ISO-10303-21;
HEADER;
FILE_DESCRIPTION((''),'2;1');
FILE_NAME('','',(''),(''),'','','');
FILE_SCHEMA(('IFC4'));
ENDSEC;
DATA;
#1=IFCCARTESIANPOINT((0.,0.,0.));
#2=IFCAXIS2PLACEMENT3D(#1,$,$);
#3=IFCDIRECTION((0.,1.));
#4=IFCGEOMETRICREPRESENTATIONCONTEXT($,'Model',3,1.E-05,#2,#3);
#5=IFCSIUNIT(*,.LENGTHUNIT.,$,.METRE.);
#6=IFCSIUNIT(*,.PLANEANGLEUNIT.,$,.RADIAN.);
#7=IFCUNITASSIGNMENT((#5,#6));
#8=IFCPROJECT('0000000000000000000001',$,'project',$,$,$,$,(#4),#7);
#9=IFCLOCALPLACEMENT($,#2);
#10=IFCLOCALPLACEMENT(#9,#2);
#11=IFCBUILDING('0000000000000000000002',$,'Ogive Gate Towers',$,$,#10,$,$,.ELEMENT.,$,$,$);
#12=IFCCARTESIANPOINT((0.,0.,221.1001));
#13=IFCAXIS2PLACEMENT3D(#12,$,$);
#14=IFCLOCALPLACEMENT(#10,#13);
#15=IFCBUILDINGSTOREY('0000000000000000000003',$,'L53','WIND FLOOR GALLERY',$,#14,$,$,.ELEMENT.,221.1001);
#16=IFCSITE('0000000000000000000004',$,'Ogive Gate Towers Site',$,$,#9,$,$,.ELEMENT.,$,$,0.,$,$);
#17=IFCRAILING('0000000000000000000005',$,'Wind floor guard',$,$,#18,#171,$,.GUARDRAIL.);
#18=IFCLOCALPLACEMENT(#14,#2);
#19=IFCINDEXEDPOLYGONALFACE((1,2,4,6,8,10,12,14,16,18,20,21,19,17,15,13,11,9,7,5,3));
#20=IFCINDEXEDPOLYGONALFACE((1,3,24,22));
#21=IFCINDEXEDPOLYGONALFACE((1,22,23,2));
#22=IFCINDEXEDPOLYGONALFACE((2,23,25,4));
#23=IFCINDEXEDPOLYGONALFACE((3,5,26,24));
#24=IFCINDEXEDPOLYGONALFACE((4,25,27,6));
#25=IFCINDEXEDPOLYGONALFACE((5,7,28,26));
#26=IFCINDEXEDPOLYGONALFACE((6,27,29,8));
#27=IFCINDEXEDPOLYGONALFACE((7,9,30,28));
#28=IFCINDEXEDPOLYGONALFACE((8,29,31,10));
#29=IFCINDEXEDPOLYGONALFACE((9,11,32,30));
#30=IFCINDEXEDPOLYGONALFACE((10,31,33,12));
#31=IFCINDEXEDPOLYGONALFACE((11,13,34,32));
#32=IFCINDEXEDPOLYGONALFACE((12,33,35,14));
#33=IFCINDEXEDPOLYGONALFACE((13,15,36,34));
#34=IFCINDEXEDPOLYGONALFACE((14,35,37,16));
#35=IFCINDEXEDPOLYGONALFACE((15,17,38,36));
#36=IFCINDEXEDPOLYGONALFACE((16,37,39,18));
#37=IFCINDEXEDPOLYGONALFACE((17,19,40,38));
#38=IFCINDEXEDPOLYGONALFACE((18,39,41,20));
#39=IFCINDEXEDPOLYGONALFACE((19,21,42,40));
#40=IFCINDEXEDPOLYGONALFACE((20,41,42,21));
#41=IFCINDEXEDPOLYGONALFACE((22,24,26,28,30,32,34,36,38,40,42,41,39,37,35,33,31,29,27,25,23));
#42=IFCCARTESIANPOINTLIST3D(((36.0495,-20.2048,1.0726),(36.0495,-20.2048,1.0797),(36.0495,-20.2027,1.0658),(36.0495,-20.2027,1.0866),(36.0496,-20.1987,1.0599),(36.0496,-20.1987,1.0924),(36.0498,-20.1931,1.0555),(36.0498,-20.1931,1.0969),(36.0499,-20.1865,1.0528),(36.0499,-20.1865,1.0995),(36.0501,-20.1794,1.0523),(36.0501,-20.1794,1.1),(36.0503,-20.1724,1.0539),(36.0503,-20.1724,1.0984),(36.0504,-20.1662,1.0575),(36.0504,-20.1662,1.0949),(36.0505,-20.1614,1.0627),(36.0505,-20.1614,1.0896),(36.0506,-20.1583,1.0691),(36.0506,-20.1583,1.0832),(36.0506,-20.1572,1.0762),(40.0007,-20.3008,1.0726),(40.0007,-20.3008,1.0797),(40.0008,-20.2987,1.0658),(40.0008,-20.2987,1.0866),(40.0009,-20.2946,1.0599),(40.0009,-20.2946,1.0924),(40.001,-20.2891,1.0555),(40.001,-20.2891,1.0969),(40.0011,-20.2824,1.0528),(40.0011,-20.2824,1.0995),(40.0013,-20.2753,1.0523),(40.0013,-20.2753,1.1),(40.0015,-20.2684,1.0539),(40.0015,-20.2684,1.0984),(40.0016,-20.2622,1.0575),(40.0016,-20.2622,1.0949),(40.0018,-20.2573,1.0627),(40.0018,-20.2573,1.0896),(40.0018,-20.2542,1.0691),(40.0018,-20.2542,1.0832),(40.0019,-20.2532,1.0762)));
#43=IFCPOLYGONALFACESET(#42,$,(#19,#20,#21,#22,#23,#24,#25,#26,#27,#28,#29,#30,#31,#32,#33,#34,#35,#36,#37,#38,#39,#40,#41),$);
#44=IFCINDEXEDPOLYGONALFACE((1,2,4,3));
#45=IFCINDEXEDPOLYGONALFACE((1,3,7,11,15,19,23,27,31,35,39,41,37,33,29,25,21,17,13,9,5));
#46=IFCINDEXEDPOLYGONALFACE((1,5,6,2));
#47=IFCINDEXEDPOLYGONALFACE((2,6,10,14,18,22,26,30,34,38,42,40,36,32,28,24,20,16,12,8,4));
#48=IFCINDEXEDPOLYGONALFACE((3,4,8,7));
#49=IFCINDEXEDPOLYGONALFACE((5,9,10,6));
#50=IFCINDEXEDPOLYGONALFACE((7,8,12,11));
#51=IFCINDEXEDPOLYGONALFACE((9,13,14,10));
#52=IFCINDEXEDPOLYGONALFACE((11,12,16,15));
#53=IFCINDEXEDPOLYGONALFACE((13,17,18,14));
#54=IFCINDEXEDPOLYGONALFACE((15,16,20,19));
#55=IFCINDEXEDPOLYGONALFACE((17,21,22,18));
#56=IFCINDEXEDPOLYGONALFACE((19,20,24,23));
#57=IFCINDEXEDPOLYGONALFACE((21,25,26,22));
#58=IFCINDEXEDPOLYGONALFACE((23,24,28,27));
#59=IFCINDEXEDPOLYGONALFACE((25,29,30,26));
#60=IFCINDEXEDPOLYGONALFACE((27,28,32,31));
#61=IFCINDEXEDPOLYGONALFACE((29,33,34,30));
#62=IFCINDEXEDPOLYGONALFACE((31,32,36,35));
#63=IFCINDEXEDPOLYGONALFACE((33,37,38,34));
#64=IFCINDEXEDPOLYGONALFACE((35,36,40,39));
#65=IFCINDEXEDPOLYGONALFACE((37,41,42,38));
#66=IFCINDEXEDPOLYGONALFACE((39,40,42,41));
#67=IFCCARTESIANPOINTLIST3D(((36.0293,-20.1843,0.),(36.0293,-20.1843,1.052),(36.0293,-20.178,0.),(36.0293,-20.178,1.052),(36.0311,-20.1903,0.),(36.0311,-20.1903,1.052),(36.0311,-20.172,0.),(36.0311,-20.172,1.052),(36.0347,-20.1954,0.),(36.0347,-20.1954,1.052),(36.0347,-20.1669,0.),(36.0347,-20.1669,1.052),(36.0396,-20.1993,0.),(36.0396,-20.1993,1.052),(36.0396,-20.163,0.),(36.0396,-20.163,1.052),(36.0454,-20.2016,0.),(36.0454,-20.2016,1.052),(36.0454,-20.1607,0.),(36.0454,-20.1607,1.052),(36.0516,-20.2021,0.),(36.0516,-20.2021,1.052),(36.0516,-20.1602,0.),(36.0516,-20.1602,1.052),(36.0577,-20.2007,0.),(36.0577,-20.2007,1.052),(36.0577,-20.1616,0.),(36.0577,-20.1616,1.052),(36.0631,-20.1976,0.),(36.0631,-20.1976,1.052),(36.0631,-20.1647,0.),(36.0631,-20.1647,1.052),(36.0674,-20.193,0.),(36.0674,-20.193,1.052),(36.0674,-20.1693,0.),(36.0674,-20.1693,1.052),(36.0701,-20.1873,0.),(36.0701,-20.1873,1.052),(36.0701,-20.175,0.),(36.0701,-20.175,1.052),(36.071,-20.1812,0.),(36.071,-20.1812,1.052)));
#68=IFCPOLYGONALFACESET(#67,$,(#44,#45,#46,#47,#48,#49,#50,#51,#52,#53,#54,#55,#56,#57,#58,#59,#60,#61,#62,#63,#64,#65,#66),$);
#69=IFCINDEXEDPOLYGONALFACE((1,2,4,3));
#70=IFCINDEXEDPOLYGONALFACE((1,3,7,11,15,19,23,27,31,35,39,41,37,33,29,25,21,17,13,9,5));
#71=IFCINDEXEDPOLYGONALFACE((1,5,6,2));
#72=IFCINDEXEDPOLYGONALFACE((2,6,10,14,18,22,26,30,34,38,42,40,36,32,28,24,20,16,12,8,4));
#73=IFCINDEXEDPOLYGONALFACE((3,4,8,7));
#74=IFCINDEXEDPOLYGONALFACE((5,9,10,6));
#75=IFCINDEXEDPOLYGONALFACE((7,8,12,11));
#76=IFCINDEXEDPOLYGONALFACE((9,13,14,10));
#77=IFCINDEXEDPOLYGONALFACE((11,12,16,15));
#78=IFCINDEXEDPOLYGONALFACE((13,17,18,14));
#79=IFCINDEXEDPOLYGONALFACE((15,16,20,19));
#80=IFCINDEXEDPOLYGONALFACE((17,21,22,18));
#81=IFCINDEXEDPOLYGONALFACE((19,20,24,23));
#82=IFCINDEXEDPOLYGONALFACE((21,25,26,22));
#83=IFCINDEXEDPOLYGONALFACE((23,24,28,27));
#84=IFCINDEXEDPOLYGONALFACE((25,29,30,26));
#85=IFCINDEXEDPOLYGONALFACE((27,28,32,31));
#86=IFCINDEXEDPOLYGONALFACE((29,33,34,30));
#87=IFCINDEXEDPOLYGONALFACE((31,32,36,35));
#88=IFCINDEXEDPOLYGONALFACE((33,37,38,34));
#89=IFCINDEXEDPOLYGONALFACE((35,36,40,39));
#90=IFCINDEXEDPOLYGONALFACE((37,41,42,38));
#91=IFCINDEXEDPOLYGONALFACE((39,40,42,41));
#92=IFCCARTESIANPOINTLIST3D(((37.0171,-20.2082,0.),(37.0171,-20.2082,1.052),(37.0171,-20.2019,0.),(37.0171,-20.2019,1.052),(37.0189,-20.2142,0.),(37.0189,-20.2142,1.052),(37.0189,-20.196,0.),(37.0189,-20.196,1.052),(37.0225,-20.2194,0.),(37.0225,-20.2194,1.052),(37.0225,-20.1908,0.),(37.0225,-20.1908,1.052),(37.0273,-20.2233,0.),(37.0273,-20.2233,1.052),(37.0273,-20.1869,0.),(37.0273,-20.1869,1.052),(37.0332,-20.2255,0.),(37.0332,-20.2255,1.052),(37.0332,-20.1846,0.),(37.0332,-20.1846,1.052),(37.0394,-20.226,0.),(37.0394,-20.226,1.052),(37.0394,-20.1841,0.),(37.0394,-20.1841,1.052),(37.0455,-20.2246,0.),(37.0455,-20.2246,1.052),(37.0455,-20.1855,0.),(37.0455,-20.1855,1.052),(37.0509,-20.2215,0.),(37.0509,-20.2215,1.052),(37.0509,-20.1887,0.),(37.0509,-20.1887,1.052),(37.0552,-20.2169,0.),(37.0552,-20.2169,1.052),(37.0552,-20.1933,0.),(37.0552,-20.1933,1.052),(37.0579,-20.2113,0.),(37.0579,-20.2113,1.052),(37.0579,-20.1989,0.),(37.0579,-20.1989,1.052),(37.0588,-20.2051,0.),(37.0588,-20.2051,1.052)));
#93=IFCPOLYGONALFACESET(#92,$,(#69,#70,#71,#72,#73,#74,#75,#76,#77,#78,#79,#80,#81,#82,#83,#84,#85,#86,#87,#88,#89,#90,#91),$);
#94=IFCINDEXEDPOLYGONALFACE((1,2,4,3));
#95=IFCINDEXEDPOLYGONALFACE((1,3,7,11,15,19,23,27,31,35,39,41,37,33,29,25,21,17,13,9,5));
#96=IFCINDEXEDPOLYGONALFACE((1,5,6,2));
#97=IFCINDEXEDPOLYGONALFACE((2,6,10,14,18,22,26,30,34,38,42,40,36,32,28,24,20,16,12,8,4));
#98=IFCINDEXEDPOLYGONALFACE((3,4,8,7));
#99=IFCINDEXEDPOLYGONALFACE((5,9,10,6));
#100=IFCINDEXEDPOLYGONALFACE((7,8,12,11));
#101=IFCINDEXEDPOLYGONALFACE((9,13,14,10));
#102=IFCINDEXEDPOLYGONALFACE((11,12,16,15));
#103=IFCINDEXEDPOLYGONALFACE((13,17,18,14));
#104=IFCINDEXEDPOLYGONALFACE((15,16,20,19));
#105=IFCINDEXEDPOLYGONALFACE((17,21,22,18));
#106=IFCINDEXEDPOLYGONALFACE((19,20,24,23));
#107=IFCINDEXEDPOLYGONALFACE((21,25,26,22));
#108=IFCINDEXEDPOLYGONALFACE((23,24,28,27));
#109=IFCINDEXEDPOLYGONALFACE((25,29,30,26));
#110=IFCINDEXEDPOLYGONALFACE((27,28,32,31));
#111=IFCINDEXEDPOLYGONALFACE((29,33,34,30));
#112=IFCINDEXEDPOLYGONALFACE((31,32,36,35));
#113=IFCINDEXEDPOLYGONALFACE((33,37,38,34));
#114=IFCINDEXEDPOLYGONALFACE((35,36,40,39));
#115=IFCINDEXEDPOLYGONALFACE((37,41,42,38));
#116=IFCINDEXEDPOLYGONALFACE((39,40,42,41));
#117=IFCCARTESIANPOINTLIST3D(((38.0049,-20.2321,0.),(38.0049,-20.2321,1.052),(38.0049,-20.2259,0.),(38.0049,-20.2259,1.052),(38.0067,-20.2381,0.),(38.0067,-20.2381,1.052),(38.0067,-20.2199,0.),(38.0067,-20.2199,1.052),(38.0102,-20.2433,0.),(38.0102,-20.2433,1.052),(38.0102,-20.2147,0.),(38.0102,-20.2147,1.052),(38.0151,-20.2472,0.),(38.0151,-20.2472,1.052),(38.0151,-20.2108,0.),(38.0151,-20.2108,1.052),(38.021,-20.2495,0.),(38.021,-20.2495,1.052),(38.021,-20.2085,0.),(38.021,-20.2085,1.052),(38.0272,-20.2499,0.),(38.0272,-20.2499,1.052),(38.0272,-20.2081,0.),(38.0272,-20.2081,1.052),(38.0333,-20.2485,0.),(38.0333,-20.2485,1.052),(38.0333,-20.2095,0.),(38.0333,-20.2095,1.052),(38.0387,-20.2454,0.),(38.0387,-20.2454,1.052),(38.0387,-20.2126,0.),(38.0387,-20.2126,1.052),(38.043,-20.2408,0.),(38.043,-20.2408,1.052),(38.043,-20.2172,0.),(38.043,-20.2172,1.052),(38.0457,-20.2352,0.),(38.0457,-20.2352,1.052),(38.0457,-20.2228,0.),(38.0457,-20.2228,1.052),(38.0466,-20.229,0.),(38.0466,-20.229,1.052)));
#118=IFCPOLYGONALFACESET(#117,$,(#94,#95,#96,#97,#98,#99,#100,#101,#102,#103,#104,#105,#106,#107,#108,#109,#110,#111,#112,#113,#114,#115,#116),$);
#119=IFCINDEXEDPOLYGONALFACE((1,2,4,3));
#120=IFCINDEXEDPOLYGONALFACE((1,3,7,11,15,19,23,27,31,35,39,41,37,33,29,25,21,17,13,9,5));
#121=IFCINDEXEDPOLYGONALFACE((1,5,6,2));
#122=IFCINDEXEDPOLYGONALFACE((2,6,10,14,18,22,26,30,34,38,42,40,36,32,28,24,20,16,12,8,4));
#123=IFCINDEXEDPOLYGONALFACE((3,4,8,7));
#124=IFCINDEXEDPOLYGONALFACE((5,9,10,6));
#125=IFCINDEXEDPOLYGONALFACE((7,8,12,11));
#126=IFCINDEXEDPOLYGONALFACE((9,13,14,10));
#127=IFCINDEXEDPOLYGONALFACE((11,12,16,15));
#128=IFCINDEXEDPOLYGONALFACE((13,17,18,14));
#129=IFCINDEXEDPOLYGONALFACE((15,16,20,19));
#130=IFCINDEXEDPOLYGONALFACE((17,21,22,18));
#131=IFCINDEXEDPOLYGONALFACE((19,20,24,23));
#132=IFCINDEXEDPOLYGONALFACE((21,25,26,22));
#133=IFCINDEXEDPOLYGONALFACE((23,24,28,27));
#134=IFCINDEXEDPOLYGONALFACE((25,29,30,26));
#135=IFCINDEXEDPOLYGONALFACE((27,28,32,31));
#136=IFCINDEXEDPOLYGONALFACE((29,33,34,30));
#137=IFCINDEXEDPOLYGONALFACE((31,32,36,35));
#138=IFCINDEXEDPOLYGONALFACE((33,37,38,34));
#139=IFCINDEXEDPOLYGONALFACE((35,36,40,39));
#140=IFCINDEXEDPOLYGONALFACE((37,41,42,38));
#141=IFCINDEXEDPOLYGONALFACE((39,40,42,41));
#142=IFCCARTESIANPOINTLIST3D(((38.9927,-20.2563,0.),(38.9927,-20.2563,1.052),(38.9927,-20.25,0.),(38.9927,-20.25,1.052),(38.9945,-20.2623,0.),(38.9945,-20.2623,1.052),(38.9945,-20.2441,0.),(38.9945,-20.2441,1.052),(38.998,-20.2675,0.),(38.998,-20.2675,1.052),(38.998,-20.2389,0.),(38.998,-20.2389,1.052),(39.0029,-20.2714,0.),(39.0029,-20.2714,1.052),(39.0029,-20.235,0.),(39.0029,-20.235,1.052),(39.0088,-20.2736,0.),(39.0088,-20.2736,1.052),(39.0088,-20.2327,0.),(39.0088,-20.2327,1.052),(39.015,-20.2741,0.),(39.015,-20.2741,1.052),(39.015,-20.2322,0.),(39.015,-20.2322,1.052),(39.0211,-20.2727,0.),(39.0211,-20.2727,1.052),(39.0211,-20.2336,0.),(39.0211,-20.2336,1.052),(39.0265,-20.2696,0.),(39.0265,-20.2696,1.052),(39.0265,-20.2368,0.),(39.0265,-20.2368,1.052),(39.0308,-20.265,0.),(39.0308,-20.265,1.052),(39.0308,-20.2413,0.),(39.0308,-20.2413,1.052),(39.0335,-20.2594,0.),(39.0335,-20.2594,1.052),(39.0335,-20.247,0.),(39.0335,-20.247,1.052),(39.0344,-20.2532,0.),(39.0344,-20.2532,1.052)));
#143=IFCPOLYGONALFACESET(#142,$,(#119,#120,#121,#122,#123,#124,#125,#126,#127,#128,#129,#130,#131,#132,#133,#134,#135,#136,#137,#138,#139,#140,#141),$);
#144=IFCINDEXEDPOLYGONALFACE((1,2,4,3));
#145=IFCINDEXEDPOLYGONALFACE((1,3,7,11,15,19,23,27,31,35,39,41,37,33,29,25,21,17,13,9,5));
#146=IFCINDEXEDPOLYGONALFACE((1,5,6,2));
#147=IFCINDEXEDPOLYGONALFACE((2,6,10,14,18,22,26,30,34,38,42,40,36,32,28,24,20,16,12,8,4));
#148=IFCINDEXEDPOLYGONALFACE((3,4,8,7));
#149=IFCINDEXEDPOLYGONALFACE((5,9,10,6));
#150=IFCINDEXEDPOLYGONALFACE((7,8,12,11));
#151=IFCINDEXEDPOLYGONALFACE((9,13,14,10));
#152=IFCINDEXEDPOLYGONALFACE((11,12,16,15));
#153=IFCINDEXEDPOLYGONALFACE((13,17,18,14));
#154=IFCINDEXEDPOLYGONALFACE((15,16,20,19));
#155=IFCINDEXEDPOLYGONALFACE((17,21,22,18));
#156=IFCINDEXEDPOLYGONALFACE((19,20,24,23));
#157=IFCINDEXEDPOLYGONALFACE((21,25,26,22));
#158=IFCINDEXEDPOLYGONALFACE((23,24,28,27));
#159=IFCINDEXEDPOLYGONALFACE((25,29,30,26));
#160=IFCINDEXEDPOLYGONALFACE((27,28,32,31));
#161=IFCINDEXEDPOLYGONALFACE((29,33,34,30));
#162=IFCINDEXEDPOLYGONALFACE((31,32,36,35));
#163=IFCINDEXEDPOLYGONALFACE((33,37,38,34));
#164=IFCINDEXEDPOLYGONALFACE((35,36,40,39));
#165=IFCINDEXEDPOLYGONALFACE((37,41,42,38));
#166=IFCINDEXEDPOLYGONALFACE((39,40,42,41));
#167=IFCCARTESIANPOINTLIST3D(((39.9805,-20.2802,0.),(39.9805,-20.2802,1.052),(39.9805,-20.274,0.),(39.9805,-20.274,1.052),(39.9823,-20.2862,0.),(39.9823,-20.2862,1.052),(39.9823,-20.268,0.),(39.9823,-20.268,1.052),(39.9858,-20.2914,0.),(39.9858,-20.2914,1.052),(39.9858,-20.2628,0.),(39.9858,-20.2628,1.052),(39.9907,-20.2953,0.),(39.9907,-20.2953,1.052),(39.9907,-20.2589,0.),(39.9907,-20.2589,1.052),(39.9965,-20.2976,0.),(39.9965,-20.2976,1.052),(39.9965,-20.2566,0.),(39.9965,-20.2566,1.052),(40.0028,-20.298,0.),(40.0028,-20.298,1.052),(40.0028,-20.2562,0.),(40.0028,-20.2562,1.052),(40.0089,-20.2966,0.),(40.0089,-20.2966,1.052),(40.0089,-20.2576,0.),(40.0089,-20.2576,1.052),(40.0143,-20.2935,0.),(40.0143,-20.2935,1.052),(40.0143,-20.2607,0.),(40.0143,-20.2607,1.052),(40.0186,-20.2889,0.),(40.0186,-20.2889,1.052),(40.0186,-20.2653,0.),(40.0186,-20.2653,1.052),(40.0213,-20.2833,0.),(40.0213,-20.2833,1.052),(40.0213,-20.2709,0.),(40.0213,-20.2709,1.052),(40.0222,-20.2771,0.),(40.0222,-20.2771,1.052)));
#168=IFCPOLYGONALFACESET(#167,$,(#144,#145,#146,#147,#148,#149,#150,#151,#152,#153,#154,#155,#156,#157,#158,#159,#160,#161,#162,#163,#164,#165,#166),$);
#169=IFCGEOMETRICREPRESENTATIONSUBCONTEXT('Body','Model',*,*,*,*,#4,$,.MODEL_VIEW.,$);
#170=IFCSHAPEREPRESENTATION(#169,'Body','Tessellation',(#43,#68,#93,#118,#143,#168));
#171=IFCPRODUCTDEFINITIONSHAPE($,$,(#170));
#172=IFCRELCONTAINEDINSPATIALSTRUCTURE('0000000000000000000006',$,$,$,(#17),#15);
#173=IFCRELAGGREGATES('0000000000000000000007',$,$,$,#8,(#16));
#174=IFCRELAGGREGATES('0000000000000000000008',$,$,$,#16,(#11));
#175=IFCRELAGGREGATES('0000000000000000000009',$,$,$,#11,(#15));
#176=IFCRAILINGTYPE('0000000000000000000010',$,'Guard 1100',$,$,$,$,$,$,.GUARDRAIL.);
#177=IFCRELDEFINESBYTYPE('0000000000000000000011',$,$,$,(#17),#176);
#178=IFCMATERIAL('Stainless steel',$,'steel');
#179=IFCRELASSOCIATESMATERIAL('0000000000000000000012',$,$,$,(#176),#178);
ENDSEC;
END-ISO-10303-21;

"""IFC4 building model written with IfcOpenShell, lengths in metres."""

from ifc_helpers import new_model, si_unit, direction, frame, origin, origin_2d, place, context, subcontext, project, spatial, circle, extrude, material, type_object, element, save


model = new_model("IFC4")

# Units and contexts
model_context = context("Model", 3, precision=1e-05, world=origin(), true_north=direction((0.0, 1.0)))
body_context = subcontext(model_context, "Body", "Model", "MODEL_VIEW")
ifc_project = project(units=[si_unit("LENGTHUNIT", "METRE"), si_unit("PLANEANGLEUNIT", "RADIAN")], contexts=[model_context])

# Site, building, storey
site_placement = place(None, origin())
site = spatial("IfcSite", under=ifc_project, at=site_placement, Name="Ogive Gate Towers Site", CompositionType="ELEMENT", RefElevation=0.0)
building_placement = place(site_placement, origin())
building = spatial("IfcBuilding", under=site, at=building_placement, Name="Ogive Gate Towers", CompositionType="ELEMENT")
storey_placement = place(building_placement, frame((0.0, 0.0, 221.1001)))
storey = spatial("IfcBuildingStorey", under=building, at=storey_placement, Name="L53", Description="WIND FLOOR GALLERY", CompositionType="ELEMENT", Elevation=221.1001)

# Railing
ifc_material_1 = material(Name="Stainless steel", Category="steel")
railing_type = type_object("IfcRailingType", Name="Guard 1100", PredefinedType="GUARDRAIL", material=ifc_material_1)
railing_1_placement = place(storey_placement, frame((36.05, -20.1812, 0.0)))
element("IfcRailing", 1, at=railing_1_placement, inside=storey, type_object=railing_type, Name="Wind floor guard", PredefinedType="GUARDRAIL", context=body_context, shape_type="SweptSolid", body=[
    extrude(circle(Radius=0.0239, at=origin_2d()), frame((0.0, 0.0, 1.0762), z_axis=(0.999705, -0.024276, 0.0), x_axis=(0.024276, 0.999705, 0.0)), (0.0, 0.0, 1.0), 3.9524),
    extrude(circle(Radius=0.021, at=origin_2d()), origin(), (0.0, 0.0, 1.0), 1.052),
    extrude(circle(Radius=0.021, at=origin_2d()), frame((0.9878, -0.0239, 0.0)), (0.0, 0.0, 1.0), 1.052),
    extrude(circle(Radius=0.021, at=origin_2d()), frame((1.9756, -0.0479, 0.0)), (0.0, 0.0, 1.0), 1.052),
    extrude(circle(Radius=0.021, at=origin_2d()), frame((2.9634, -0.072, 0.0)), (0.0, 0.0, 1.0), 1.052),
    extrude(circle(Radius=0.021, at=origin_2d()), frame((3.9512, -0.0959, 0.0)), (0.0, 0.0, 1.0), 1.052),
])

save(model, "model.ifc")
